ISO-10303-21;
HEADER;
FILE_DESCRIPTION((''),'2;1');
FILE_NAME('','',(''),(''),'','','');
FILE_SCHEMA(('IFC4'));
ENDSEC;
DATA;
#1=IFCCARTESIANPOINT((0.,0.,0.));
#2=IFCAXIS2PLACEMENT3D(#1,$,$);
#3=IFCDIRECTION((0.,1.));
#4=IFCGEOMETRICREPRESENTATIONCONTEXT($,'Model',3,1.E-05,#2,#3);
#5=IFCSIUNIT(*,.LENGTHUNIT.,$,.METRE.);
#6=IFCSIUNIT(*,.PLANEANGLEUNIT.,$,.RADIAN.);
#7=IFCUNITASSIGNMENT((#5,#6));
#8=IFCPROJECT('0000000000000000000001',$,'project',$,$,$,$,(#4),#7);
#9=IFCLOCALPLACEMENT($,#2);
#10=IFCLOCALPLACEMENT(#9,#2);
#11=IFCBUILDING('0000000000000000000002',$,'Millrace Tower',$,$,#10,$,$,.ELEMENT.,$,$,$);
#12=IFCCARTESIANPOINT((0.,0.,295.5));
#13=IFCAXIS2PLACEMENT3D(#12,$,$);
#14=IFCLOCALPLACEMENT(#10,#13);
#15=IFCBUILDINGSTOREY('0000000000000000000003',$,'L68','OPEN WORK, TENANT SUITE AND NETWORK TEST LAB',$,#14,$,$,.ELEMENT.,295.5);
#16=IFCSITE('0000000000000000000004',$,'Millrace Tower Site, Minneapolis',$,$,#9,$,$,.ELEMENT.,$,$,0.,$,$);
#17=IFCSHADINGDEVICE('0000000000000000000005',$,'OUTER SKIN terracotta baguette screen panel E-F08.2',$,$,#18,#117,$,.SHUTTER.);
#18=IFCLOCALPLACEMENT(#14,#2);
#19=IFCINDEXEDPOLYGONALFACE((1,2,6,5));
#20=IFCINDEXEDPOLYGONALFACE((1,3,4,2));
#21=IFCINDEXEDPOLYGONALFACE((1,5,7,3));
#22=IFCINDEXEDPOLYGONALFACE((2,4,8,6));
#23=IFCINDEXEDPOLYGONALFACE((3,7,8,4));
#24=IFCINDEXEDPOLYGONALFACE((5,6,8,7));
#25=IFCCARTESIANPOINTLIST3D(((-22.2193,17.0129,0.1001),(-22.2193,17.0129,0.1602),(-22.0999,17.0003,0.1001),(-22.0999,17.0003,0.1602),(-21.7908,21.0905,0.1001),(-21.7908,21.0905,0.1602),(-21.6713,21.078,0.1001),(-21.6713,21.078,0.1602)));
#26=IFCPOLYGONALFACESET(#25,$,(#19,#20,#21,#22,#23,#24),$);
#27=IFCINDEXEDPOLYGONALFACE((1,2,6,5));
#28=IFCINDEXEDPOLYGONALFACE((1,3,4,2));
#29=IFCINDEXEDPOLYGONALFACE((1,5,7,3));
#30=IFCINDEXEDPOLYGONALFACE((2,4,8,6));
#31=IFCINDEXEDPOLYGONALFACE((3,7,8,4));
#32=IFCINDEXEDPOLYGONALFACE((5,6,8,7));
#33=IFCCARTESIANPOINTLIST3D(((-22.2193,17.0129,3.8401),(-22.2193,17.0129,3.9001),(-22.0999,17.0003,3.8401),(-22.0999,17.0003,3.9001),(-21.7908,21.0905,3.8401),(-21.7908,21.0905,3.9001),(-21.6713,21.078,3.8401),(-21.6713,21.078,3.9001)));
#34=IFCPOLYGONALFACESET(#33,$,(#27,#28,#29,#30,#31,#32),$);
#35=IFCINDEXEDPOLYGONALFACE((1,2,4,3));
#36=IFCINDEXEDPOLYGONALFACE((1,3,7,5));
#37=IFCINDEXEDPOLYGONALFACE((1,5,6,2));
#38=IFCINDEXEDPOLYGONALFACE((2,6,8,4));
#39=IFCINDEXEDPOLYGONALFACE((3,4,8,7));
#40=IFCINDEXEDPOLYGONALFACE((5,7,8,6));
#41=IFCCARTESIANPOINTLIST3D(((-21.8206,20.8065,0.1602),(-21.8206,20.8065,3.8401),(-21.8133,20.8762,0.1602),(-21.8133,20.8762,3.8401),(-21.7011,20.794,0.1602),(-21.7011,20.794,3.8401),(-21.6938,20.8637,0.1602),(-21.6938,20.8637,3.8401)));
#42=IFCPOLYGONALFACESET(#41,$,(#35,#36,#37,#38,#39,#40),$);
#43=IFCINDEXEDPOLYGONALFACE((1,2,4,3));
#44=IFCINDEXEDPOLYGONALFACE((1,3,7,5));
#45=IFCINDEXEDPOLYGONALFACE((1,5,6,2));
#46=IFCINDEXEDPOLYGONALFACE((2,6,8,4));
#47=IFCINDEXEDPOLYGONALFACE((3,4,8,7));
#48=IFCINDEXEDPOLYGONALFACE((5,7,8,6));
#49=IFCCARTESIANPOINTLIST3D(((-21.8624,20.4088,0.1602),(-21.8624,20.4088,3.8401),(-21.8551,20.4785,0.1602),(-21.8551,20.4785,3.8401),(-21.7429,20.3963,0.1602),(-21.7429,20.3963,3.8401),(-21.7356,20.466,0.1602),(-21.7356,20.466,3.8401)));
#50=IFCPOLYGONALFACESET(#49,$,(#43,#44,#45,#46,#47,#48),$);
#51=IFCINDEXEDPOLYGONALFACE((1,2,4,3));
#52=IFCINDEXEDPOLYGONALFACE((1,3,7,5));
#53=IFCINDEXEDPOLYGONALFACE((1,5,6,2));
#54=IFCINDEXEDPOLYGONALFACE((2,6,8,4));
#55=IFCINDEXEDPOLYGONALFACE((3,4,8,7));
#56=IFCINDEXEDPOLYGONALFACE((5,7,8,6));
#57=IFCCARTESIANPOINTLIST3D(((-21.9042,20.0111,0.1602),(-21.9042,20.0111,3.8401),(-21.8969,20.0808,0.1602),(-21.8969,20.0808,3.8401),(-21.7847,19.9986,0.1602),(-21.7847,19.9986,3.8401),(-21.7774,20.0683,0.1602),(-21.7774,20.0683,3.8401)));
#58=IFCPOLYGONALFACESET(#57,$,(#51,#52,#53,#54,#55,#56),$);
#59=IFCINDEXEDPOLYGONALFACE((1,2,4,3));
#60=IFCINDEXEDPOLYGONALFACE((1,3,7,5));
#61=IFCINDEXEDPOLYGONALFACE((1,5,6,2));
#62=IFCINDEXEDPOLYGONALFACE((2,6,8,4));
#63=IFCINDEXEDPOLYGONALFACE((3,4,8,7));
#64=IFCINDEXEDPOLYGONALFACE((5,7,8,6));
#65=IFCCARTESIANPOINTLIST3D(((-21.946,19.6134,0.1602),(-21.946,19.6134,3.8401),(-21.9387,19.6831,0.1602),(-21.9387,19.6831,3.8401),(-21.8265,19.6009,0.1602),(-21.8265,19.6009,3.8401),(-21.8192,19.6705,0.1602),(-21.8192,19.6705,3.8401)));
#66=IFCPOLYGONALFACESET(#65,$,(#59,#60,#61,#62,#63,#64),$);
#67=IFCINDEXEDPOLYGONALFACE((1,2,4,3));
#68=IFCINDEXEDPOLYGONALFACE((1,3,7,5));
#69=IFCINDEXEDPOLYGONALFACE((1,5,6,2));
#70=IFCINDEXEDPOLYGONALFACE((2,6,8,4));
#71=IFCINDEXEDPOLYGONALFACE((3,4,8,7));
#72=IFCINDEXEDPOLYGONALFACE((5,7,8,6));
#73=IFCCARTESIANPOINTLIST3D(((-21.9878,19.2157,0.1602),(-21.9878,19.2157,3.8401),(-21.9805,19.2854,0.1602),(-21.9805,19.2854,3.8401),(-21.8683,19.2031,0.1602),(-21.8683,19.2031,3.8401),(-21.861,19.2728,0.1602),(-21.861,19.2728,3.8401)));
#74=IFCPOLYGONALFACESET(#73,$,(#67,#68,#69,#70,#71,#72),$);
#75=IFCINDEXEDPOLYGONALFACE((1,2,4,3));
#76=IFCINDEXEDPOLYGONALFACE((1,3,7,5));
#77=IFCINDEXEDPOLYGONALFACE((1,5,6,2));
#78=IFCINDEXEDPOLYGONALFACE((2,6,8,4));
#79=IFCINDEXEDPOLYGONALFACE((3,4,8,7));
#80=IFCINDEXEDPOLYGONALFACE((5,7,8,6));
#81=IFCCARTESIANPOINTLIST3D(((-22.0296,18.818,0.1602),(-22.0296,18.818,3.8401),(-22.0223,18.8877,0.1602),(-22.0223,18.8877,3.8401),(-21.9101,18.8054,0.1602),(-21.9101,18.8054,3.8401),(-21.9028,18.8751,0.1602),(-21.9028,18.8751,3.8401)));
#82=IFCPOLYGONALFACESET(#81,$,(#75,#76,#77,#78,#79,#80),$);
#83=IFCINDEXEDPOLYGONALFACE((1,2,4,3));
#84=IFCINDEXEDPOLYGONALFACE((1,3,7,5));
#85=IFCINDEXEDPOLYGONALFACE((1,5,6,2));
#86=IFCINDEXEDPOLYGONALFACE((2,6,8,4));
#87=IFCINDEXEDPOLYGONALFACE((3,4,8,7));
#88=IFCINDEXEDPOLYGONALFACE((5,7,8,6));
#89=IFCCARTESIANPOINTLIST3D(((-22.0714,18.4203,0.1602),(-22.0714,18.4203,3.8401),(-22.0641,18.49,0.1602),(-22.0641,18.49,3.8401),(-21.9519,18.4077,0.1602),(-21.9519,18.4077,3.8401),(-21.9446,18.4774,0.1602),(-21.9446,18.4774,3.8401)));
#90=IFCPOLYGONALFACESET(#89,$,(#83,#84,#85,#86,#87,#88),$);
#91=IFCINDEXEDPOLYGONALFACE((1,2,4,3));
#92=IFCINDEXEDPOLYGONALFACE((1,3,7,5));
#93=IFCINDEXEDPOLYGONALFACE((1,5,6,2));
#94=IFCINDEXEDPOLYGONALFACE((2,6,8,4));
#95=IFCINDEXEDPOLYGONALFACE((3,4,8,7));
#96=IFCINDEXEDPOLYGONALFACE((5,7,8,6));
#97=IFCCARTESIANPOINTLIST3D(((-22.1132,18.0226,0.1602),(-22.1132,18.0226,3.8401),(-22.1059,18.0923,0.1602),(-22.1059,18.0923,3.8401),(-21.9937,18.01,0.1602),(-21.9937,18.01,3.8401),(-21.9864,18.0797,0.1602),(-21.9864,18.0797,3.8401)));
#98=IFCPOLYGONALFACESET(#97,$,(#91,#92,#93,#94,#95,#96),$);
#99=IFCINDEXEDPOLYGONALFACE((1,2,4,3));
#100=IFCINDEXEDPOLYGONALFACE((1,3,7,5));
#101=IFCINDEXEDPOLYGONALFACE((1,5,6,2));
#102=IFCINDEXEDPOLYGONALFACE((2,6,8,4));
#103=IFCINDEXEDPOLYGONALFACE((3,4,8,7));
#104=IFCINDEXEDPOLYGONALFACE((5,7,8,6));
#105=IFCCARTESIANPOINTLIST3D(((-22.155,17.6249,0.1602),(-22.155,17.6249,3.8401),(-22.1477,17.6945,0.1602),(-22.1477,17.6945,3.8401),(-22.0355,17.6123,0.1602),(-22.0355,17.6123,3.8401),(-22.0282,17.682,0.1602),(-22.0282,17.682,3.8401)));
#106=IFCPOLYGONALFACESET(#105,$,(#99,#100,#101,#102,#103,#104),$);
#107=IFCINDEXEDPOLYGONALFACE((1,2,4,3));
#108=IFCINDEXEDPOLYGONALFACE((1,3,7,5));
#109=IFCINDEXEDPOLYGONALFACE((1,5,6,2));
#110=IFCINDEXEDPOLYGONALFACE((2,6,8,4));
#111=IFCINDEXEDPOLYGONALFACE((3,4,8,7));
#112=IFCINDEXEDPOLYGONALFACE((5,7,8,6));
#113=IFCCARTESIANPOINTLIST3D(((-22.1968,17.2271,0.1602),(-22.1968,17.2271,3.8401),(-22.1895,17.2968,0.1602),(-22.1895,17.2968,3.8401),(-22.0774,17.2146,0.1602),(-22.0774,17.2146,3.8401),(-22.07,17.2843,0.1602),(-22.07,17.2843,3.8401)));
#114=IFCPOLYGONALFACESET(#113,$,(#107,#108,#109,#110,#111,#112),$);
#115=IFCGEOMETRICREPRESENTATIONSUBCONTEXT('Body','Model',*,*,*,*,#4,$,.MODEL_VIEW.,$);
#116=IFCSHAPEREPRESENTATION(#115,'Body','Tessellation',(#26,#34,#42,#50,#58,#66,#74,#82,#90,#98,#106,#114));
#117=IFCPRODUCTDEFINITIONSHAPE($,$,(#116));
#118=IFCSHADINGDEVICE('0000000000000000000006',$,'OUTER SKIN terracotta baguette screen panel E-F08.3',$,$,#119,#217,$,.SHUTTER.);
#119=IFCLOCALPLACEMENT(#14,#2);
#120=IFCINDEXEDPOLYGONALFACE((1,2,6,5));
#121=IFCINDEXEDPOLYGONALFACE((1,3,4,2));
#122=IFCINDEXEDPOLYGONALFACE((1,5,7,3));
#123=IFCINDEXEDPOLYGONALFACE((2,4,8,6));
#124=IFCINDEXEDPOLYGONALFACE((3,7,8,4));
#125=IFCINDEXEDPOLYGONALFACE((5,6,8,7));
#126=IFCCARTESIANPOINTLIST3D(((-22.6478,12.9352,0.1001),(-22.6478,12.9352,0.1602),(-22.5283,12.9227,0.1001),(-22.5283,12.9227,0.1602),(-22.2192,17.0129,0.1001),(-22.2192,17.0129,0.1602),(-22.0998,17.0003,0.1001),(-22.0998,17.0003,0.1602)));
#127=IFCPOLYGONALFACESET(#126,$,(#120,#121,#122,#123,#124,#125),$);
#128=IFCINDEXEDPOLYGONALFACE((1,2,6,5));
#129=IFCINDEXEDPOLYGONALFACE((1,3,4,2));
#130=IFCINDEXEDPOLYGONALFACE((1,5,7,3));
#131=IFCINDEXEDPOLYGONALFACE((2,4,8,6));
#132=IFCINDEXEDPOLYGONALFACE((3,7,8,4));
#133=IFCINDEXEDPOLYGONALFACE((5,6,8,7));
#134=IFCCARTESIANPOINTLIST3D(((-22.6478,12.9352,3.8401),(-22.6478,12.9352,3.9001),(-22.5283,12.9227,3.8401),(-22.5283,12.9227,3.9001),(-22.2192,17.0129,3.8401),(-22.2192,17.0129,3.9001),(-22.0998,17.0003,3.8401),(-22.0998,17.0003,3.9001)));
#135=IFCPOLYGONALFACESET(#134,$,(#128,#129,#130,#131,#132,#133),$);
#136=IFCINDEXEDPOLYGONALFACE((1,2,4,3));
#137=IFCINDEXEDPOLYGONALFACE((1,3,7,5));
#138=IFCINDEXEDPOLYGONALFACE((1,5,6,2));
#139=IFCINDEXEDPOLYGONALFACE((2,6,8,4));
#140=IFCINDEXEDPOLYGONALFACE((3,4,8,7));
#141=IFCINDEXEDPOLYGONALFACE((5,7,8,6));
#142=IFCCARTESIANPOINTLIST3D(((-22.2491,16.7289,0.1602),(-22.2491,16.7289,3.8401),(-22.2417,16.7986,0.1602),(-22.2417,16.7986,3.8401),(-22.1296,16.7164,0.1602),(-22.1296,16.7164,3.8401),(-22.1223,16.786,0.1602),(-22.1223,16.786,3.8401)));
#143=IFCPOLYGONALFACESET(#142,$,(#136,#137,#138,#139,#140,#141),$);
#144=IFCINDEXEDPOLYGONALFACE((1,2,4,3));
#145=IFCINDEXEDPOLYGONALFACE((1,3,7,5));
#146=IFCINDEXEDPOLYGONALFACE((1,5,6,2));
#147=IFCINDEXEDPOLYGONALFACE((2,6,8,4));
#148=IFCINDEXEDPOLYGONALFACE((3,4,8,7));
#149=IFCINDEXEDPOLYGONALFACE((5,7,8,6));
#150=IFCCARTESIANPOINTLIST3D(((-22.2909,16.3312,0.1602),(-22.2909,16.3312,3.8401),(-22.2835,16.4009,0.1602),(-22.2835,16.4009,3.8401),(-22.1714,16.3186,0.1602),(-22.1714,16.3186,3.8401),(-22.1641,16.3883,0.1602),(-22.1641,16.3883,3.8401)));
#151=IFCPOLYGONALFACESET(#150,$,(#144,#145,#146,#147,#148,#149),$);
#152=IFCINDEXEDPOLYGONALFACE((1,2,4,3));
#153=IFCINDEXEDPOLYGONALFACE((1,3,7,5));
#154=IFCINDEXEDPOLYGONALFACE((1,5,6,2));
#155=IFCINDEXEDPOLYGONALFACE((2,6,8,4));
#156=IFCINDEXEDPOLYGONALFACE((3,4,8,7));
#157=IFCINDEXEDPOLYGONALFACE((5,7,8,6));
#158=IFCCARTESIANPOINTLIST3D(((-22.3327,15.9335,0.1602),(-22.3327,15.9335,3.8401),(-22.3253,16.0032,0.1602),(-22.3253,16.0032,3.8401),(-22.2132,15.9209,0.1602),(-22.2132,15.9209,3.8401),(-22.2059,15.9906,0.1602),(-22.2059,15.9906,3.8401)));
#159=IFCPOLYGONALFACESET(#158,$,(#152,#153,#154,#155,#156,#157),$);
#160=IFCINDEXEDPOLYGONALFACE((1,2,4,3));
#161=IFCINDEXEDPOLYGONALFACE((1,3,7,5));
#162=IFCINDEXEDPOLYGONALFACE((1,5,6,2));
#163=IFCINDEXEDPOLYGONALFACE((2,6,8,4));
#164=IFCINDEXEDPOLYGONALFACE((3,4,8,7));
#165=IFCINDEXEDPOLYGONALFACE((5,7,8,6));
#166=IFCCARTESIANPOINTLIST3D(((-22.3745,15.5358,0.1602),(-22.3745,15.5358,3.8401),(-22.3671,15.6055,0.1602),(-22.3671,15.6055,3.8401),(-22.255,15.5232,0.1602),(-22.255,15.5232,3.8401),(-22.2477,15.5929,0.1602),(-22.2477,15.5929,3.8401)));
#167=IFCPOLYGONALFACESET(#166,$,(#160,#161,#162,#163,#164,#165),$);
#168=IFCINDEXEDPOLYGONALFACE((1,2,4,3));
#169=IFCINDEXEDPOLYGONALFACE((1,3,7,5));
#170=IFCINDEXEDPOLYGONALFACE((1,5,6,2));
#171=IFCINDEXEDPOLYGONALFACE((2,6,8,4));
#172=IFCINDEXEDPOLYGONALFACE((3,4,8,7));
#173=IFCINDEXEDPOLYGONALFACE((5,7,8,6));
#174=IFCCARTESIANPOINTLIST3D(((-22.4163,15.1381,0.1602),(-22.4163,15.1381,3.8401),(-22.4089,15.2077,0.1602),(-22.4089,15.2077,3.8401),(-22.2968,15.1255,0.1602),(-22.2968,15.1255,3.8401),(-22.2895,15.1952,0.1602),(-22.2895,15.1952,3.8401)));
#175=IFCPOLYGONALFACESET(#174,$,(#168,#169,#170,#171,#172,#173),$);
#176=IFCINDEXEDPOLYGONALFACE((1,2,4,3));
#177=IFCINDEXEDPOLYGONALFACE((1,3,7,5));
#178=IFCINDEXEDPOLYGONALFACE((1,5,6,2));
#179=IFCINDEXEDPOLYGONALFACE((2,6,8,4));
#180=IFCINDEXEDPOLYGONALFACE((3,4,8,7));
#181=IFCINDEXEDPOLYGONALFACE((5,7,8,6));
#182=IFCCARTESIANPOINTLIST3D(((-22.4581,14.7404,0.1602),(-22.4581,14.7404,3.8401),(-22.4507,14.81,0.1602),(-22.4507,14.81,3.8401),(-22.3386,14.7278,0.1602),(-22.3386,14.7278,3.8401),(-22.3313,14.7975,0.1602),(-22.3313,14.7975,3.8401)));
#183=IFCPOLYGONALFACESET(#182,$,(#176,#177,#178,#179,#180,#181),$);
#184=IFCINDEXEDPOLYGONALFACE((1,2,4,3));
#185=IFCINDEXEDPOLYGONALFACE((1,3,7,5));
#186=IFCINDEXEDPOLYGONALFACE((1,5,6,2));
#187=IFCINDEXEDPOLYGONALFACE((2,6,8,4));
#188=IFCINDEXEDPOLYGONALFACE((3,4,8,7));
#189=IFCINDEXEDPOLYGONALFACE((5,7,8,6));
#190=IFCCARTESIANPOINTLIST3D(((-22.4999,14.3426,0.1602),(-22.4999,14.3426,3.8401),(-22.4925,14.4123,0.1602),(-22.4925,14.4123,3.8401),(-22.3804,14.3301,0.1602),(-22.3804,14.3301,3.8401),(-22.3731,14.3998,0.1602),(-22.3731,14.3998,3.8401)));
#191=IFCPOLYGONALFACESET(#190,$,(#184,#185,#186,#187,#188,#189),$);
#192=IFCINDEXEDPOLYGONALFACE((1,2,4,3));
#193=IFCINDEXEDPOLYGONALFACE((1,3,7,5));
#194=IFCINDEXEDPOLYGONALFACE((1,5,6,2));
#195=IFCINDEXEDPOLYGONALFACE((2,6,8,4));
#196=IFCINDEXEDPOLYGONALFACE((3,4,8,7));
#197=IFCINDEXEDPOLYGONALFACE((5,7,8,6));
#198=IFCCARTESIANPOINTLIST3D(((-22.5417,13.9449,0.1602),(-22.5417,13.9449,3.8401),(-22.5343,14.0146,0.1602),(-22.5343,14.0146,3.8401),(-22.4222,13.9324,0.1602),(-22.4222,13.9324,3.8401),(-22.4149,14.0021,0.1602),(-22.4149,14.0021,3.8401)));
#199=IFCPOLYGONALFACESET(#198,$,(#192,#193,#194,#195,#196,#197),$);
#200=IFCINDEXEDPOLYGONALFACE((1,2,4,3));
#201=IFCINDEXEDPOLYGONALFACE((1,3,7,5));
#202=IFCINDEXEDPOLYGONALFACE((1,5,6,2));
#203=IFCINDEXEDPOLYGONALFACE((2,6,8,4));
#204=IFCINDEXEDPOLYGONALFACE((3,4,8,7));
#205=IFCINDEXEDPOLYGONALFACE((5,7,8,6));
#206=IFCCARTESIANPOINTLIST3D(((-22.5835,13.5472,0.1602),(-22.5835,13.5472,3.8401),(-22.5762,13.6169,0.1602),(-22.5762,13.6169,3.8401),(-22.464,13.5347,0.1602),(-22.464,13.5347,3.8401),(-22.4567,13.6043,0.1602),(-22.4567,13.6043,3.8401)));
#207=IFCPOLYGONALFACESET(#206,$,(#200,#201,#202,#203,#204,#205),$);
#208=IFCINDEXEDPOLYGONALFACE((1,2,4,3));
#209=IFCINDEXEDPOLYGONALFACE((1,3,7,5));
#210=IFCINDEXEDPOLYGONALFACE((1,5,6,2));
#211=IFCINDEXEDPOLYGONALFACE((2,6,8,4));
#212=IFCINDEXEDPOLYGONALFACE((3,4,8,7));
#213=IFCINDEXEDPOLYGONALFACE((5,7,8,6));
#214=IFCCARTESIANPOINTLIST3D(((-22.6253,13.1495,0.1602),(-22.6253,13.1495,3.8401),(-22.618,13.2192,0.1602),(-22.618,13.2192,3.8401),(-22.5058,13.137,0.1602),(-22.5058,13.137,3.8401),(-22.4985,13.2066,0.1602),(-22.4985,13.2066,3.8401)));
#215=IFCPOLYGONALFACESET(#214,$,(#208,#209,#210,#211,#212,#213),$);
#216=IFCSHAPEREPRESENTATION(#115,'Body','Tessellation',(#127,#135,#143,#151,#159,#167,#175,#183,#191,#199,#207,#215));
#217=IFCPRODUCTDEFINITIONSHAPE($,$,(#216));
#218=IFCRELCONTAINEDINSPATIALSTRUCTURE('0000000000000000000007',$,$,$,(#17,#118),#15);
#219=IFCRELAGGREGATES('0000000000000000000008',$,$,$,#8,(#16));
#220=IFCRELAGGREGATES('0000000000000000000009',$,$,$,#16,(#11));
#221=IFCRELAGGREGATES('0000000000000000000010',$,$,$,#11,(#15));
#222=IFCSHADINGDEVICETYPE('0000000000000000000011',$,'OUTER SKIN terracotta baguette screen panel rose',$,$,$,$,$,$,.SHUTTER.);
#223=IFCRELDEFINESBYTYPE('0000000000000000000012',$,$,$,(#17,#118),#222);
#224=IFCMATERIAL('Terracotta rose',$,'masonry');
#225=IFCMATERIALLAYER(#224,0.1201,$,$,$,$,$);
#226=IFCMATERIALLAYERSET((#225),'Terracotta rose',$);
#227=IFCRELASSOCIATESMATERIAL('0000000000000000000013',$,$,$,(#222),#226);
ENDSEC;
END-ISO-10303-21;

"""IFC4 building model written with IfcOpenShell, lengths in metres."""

from ifc_helpers import new_model, entity, si_unit, direction, frame, frame_2d, origin, place, context, subcontext, project, spatial, rectangle, extrude, source, transform, mapped, material, layer, layer_set, type_object, element, save


model = new_model("IFC4")

# Units and contexts
model_context = context("Model", 3, precision=1e-05, world=origin(), true_north=direction((0.0, 1.0)))
body_context = subcontext(model_context, "Body", "Model", "MODEL_VIEW")
ifc_project = project(units=[si_unit("LENGTHUNIT", "METRE"), si_unit("PLANEANGLEUNIT", "RADIAN")], contexts=[model_context])

# Site, building, storey
site_placement = place(None, origin())
site = spatial("IfcSite", under=ifc_project, at=site_placement, Name="Millrace Tower Site, Minneapolis", CompositionType="ELEMENT", RefElevation=0.0)
building_placement = place(site_placement, origin())
building = spatial("IfcBuilding", under=site, at=building_placement, Name="Millrace Tower", CompositionType="ELEMENT")
storey_placement = place(building_placement, frame((0.0, 0.0, 295.5)))
storey = spatial("IfcBuildingStorey", under=building, at=storey_placement, Name="L68", Description="OPEN WORK, TENANT SUITE AND NETWORK TEST LAB", CompositionType="ELEMENT", Elevation=295.5)

# Shading devices
ifc_material_1 = material(Name="Terracotta rose", Category="masonry")
ifc_layer_1 = layer(ifc_material_1, 0.1201)
ifc_layer_set_1 = layer_set([ifc_layer_1], Name="Terracotta rose")
shading_device_type = type_object("IfcShadingDeviceType", Name="OUTER SKIN terracotta baguette screen panel rose", PredefinedType="SHUTTER", material=ifc_layer_set_1)
cartesian_point_1 = entity("IfcCartesianPoint", [-2.05, 0.0601])
shared_polyline_1 = entity("IfcPolyline", [cartesian_point_1, entity("IfcCartesianPoint", [2.05, 0.0601]), entity("IfcCartesianPoint", [2.05, -0.0601]), entity("IfcCartesianPoint", [-2.05, -0.0601]), cartesian_point_1])
shared_shape_1 = source(origin(), body_context, "Body", "SweptSolid", [
    entity("IfcExtrudedAreaSolid", entity("IfcArbitraryClosedProfileDef", "AREA", None, shared_polyline_1), entity("IfcAxis2Placement3D", entity("IfcCartesianPoint", [0.0, 0.0, 0.0])), entity("IfcDirection", [0.0, 0.0, 1.0]), 0.0601),
    entity("IfcExtrudedAreaSolid", entity("IfcArbitraryClosedProfileDef", "AREA", None, shared_polyline_1), entity("IfcAxis2Placement3D", entity("IfcCartesianPoint", [0.0, 0.0, 3.74])), entity("IfcDirection", [0.0, 0.0, 1.0]), 0.0601),
    extrude(rectangle(XDim=0.0701, YDim=0.1201, at=frame_2d((-1.7996, 0.0))), frame((0.0, 0.0, 0.0601)), (0.0, 0.0, 1.0), 3.6799),
    extrude(rectangle(XDim=0.0701, YDim=0.1201, at=frame_2d((-1.3997, 0.0))), frame((0.0, 0.0, 0.0601)), (0.0, 0.0, 1.0), 3.6799),
    extrude(rectangle(XDim=0.0701, YDim=0.1201, at=frame_2d((-0.9998, 0.0))), frame((0.0, 0.0, 0.0601)), (0.0, 0.0, 1.0), 3.6799),
    extrude(rectangle(XDim=0.0701, YDim=0.1201, at=frame_2d((-0.5999, 0.0))), frame((0.0, 0.0, 0.0601)), (0.0, 0.0, 1.0), 3.6799),
    extrude(rectangle(XDim=0.0701, YDim=0.1201, at=frame_2d((-0.2, 0.0))), frame((0.0, 0.0, 0.0601)), (0.0, 0.0, 1.0), 3.6799),
    extrude(rectangle(XDim=0.0701, YDim=0.1201, at=frame_2d((0.2, 0.0))), frame((0.0, 0.0, 0.0601)), (0.0, 0.0, 1.0), 3.6799),
    extrude(rectangle(XDim=0.0701, YDim=0.1201, at=frame_2d((0.5999, 0.0))), frame((0.0, 0.0, 0.0601)), (0.0, 0.0, 1.0), 3.6799),
    extrude(rectangle(XDim=0.0701, YDim=0.1201, at=frame_2d((0.9998, 0.0))), frame((0.0, 0.0, 0.0601)), (0.0, 0.0, 1.0), 3.6799),
    extrude(rectangle(XDim=0.0701, YDim=0.1201, at=frame_2d((1.3997, 0.0))), frame((0.0, 0.0, 0.0601)), (0.0, 0.0, 1.0), 3.6799),
    extrude(rectangle(XDim=0.0701, YDim=0.1201, at=frame_2d((1.7996, 0.0))), frame((0.0, 0.0, 0.0601)), (0.0, 0.0, 1.0), 3.6799),
])
for number, where, z_axis, x_axis, name in (
    (1, (-21.9453, 19.0454, 0.1001), (0.0, 0.0, 1.0), (-0.104528, -0.994522, 0.0), "OUTER SKIN terracotta baguette screen panel E-F08.2"),
    (2, (-22.3738, 14.9678, 0.1001), (0.0, 0.0, 1.0), (-0.104528, -0.994522, 0.0), "OUTER SKIN terracotta baguette screen panel E-F08.3"),
):
    element("IfcShadingDevice", number, at=place(storey_placement, frame(where, z_axis=z_axis, x_axis=x_axis)), inside=storey, type_object=shading_device_type, Name=name, PredefinedType="SHUTTER", context=body_context, shape_type="MappedRepresentation", body=[
        mapped(shared_shape_1, transform((0.0, 0.0, 0.0), scale=1.0)),
    ])

save(model, "model.ifc")
